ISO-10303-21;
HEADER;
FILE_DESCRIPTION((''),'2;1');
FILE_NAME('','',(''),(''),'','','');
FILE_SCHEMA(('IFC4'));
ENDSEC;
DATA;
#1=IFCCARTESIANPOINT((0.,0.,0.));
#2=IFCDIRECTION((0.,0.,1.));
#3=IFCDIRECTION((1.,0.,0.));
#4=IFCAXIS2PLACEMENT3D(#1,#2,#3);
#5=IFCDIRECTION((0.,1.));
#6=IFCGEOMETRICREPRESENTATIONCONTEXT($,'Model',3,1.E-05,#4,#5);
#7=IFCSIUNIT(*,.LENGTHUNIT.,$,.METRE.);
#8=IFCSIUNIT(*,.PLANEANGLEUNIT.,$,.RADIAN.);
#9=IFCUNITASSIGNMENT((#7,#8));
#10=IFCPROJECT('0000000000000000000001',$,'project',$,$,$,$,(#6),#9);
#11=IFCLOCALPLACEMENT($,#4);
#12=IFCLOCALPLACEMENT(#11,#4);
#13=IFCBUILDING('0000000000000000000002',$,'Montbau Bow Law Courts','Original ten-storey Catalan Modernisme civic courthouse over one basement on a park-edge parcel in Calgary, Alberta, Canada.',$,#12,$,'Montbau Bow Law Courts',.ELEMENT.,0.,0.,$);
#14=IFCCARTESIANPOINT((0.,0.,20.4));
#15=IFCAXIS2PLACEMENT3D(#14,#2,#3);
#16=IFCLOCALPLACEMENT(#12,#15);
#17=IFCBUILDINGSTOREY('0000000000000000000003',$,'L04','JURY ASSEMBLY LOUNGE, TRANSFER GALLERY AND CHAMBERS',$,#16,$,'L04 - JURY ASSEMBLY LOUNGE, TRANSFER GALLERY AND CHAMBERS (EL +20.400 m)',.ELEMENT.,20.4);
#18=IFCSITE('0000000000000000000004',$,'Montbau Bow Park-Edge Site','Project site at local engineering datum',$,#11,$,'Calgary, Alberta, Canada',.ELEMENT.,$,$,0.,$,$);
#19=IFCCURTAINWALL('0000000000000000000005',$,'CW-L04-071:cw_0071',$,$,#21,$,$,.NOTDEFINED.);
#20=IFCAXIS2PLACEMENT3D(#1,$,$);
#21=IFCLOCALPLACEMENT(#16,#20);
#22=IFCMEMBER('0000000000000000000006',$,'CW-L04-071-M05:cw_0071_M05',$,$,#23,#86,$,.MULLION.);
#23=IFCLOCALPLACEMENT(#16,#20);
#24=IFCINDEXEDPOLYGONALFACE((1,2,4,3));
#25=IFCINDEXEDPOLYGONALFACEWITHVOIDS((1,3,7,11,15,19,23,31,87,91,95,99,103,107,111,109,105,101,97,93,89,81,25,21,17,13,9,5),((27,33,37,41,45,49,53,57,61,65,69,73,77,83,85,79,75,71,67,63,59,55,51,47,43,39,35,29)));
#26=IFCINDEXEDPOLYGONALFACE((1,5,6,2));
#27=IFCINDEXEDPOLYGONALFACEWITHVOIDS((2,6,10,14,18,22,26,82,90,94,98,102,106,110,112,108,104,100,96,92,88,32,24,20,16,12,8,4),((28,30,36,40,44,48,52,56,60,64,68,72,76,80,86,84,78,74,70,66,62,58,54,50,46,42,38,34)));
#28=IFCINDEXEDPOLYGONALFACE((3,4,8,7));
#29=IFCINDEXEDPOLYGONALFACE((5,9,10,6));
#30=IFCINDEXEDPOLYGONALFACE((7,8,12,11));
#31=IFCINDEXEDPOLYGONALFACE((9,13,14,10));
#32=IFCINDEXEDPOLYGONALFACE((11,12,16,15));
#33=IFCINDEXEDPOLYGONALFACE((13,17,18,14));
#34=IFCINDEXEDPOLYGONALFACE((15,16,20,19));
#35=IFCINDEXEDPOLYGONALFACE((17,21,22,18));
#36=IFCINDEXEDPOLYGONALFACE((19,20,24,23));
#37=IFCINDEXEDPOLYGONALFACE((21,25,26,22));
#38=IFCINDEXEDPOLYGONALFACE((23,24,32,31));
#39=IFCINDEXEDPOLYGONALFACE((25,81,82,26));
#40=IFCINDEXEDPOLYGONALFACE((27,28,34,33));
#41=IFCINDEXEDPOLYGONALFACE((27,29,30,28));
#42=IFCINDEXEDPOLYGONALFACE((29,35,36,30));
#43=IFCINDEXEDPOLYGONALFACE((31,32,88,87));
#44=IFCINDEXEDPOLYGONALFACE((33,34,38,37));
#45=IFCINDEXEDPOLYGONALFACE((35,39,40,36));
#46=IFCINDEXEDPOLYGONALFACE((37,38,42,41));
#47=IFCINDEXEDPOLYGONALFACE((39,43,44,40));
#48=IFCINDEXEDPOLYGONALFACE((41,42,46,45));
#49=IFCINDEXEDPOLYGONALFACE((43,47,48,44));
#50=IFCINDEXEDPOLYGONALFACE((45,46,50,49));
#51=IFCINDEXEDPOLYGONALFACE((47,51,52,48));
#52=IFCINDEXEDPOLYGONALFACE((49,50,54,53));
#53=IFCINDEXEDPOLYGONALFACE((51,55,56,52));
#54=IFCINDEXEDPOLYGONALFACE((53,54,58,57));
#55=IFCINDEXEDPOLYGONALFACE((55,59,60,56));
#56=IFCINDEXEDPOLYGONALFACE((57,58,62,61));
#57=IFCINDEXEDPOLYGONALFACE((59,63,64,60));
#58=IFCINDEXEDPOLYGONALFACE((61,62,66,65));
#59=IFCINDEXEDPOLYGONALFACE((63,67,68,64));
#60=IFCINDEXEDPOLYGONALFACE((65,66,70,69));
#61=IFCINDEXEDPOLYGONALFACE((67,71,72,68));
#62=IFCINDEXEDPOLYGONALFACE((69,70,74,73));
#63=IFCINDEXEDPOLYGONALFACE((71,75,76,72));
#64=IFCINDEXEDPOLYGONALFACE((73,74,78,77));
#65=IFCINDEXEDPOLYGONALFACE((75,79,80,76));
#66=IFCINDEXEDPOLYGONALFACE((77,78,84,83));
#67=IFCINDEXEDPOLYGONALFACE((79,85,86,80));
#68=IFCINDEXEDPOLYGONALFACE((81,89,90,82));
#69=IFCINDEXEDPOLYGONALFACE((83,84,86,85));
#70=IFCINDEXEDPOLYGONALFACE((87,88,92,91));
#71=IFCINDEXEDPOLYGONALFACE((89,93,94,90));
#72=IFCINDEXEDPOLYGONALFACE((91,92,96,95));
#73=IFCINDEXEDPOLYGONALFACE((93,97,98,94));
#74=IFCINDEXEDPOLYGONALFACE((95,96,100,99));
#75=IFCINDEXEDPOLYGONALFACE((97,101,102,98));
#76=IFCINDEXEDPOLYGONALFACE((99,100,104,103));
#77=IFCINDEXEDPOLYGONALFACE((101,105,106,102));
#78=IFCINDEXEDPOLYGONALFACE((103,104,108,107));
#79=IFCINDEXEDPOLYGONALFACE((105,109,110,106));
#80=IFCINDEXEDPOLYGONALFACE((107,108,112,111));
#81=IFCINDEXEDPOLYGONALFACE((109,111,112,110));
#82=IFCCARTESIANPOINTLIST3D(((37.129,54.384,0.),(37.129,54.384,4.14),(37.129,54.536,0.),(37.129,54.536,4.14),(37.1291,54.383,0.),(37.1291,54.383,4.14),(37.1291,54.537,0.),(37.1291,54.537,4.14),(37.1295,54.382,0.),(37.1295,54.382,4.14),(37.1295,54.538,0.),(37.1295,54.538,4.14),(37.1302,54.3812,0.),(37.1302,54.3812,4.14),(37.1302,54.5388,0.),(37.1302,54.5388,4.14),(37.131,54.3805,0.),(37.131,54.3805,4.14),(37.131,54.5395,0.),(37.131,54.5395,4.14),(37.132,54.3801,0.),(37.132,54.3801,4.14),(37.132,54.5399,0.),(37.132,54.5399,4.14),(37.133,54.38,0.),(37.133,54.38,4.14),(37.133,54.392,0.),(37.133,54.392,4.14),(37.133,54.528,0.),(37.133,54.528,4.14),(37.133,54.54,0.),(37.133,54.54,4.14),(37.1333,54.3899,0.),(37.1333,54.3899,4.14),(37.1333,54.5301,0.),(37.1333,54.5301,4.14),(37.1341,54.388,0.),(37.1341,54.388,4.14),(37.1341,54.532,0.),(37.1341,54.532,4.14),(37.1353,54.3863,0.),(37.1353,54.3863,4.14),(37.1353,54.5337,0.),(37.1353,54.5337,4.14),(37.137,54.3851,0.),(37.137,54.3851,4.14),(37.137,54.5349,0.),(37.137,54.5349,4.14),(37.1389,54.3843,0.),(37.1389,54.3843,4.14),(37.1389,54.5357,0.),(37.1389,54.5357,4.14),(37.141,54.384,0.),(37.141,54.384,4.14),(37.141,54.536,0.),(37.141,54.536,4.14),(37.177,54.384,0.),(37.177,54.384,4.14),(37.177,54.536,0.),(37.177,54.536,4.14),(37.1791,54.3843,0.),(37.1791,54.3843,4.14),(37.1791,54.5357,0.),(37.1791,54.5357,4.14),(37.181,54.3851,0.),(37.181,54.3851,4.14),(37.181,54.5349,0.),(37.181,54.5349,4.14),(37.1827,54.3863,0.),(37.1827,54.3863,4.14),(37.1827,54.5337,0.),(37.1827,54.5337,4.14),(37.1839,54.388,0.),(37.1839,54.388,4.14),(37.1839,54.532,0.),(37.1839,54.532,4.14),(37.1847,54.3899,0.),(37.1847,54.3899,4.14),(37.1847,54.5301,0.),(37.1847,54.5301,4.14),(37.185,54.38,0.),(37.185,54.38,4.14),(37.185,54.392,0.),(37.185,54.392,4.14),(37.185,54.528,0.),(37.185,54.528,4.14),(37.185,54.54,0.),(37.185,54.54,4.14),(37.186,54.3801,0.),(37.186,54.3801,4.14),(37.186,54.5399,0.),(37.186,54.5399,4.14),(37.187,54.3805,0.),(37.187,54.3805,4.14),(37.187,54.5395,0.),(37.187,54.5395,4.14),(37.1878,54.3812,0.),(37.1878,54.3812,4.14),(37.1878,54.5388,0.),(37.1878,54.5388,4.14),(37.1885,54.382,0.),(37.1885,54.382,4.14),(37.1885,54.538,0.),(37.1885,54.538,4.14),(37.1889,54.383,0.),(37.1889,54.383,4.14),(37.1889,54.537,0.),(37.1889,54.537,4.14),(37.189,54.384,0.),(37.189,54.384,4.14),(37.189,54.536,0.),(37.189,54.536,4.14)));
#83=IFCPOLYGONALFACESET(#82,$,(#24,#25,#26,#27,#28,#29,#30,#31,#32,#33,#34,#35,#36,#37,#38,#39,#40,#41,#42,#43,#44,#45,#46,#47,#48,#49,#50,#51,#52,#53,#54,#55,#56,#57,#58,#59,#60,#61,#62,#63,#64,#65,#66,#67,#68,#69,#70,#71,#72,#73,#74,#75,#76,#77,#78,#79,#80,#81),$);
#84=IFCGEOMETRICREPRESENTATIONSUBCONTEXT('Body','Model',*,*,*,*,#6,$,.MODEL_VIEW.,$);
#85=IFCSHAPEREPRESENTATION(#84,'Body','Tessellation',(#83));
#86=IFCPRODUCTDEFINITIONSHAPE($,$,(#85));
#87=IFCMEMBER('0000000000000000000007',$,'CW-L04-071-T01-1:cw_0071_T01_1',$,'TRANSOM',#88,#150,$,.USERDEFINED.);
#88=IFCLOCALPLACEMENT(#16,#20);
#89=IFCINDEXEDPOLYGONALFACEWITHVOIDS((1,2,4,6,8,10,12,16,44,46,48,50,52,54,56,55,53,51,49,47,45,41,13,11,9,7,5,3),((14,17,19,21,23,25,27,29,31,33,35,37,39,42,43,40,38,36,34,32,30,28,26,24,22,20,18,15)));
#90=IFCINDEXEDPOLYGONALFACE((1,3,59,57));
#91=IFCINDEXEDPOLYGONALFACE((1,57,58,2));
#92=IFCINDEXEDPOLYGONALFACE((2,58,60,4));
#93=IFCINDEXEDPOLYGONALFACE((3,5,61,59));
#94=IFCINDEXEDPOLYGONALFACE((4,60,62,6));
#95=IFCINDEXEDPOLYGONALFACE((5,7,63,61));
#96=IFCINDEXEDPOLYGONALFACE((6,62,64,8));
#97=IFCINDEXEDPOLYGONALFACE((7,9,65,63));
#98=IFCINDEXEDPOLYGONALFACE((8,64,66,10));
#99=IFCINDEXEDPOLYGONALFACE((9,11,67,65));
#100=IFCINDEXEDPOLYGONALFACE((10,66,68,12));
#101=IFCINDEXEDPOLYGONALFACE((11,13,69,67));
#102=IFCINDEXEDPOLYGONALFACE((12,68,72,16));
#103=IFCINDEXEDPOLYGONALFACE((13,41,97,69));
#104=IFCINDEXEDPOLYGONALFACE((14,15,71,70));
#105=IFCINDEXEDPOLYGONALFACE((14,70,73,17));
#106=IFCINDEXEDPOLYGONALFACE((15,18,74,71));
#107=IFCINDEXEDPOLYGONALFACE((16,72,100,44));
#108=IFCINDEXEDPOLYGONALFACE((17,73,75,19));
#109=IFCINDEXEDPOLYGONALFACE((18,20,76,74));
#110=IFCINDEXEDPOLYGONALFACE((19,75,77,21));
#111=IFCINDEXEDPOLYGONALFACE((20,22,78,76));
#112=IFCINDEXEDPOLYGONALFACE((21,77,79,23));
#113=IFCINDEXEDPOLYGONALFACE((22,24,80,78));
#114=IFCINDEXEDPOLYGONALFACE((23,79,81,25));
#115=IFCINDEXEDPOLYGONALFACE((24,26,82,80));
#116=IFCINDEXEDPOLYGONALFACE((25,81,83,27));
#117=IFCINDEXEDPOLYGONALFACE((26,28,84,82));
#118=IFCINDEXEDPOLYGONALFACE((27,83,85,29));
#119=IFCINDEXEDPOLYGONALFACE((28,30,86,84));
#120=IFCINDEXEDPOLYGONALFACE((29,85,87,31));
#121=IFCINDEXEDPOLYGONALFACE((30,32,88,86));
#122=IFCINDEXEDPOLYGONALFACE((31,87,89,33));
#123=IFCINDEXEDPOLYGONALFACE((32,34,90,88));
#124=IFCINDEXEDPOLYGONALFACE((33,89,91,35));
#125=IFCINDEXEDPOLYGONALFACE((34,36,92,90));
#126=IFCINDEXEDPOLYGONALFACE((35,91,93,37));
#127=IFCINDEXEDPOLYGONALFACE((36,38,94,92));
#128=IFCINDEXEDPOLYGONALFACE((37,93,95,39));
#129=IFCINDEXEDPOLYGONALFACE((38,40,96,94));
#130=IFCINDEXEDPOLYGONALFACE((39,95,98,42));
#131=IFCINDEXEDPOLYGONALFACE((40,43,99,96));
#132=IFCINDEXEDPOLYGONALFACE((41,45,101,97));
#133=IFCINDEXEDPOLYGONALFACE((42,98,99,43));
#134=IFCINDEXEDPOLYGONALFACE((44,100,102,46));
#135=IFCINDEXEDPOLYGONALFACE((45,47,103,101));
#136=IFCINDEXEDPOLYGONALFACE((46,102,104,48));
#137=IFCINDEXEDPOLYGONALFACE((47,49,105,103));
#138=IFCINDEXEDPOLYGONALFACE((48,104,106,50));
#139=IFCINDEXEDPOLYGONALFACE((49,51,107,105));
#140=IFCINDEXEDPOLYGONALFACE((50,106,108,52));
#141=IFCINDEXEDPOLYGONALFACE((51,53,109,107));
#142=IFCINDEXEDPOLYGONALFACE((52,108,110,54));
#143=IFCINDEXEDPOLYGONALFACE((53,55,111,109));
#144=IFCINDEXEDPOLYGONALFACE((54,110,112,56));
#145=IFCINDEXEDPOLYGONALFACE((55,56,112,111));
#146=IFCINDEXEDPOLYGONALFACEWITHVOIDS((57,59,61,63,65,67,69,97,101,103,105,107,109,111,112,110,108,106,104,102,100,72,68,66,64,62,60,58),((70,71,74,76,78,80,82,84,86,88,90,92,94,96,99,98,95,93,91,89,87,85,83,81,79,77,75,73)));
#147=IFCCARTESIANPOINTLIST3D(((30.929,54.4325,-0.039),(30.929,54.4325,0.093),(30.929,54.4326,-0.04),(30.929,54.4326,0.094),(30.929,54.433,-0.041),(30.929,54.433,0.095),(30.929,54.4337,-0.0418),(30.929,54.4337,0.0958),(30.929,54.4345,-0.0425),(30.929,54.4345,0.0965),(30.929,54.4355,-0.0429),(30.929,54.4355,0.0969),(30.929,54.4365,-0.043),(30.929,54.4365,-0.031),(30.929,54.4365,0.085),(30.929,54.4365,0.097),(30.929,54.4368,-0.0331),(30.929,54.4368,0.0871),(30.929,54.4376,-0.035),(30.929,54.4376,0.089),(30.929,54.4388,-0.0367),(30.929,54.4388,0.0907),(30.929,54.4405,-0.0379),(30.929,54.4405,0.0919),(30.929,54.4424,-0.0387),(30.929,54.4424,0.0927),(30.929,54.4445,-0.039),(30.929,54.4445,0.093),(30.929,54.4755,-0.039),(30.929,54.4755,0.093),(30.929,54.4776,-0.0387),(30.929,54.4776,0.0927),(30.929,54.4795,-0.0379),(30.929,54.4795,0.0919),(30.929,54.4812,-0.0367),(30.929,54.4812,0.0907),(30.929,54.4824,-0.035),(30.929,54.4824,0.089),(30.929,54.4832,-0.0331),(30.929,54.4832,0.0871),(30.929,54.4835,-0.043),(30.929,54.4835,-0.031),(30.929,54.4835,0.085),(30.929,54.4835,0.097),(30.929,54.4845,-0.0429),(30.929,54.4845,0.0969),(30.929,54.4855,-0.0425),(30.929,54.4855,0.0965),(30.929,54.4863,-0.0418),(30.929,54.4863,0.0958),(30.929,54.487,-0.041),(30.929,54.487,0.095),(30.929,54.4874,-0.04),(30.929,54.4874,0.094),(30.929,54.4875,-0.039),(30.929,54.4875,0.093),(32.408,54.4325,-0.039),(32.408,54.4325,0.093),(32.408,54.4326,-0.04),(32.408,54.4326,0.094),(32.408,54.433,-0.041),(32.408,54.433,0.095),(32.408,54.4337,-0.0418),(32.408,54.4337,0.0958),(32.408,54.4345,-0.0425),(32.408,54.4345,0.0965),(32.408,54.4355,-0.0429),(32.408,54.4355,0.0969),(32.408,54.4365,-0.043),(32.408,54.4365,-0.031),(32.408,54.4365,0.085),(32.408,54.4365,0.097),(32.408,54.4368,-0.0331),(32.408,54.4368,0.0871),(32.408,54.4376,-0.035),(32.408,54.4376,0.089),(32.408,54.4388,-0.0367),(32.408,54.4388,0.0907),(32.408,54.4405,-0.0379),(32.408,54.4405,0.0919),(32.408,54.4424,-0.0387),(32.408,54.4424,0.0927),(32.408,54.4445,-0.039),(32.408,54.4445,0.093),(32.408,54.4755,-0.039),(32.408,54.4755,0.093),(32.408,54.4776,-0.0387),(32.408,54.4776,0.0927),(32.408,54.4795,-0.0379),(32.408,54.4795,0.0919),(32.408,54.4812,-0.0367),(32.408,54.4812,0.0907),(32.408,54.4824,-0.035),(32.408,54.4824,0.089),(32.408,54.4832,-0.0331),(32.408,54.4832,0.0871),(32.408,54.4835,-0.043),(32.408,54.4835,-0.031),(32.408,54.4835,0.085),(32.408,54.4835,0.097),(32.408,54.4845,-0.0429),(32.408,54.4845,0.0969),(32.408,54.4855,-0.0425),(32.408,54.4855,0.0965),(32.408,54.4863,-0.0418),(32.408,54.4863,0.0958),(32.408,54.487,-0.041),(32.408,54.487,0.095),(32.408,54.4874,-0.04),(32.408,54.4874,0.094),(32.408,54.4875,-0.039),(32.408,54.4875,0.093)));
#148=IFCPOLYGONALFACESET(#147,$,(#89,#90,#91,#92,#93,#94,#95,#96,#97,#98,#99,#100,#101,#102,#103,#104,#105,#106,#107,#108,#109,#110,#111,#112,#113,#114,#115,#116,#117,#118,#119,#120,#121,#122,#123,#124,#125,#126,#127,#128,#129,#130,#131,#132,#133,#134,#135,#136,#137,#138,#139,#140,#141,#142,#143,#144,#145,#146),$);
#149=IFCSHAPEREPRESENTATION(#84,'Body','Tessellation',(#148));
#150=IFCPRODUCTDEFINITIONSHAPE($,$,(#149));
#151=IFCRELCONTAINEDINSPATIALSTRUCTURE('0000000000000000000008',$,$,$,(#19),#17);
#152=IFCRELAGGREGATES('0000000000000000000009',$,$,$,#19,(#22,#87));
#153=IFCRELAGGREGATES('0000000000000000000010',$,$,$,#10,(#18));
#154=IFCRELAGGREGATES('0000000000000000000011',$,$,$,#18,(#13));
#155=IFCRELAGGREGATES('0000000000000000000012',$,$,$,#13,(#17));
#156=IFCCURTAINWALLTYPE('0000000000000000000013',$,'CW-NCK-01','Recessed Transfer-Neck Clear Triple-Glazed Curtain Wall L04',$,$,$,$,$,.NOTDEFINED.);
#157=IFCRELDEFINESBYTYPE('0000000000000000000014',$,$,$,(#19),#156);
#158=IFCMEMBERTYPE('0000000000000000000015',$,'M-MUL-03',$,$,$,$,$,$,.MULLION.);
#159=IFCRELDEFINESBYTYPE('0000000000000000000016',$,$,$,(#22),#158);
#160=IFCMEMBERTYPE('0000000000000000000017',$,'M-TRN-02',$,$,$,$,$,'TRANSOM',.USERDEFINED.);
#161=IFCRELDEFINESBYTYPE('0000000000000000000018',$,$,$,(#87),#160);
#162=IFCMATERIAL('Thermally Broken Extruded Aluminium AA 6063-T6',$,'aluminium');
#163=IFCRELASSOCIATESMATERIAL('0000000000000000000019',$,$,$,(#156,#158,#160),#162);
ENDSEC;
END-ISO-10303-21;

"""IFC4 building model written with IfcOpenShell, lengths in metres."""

from ifc_helpers import new_model, si_unit, direction, frame, origin_with_axes, origin_2d_with_axis, place, context, subcontext, project, spatial, hollow_rectangle, extrude, material, material_profile, profile_set, type_object, element, aggregate, save


model = new_model("IFC4")

# Units and contexts
model_context = context("Model", 3, precision=1e-05, world=origin_with_axes(), true_north=direction((0.0, 1.0)))
body_context = subcontext(model_context, "Body", "Model", "MODEL_VIEW")
ifc_project = project(units=[si_unit("LENGTHUNIT", "METRE"), si_unit("PLANEANGLEUNIT", "RADIAN")], contexts=[model_context])

# Site, building, storey
site_placement = place(None, origin_with_axes())
site = spatial("IfcSite", under=ifc_project, at=site_placement, Name="Montbau Bow Park-Edge Site", Description="Project site at local engineering datum", LongName="Calgary, Alberta, Canada", CompositionType="ELEMENT", RefElevation=0.0)
building_placement = place(site_placement, origin_with_axes())
building = spatial("IfcBuilding", under=site, at=building_placement, Name="Montbau Bow Law Courts", Description="Original ten-storey Catalan Modernisme civic courthouse over one basement on a park-edge parcel in Calgary, Alberta, Canada.", LongName="Montbau Bow Law Courts", CompositionType="ELEMENT", ElevationOfRefHeight=0.0, ElevationOfTerrain=0.0)
storey_placement = place(building_placement, frame((0.0, 0.0, 20.4), z_axis=(0.0, 0.0, 1.0), x_axis=(1.0, 0.0, 0.0)))
storey = spatial("IfcBuildingStorey", under=building, at=storey_placement, Name="L04", Description="JURY ASSEMBLY LOUNGE, TRANSFER GALLERY AND CHAMBERS", LongName="L04 - JURY ASSEMBLY LOUNGE, TRANSFER GALLERY AND CHAMBERS (EL +20.400 m)", CompositionType="ELEMENT", Elevation=20.4)

# Curtain wall, members
ifc_material_1 = material(Name="Thermally Broken Extruded Aluminium AA 6063-T6", Category="aluminium")
curtain_wall_type = type_object("IfcCurtainWallType", Name="CW-NCK-01", Description="Recessed Transfer-Neck Clear Triple-Glazed Curtain Wall L04", PredefinedType="NOTDEFINED", material=ifc_material_1)
curtain_wall_placement = place(None, frame((30.867, 54.46, 20.4), z_axis=(0.0, 0.0, 1.0), x_axis=(1.0, 0.0, 0.0)))
curtain_wall = element("IfcCurtainWall", 1, at=curtain_wall_placement, inside=storey, type_object=curtain_wall_type, Name="CW-L04-071:cw_0071", PredefinedType="NOTDEFINED")
ifc_material_profile_1 = material_profile(ifc_material_1, hollow_rectangle(XDim=0.06, YDim=0.16, WallThickness=0.004, InnerFilletRadius=0.008, OuterFilletRadius=0.004, at=origin_2d_with_axis()), Name="CWM-160X60", Category="Main", Priority=0)
ifc_profile_set_1 = profile_set([ifc_material_profile_1], Name="Thermally Broken Extruded Aluminium AA 6063-T6")
member_type_1 = type_object("IfcMemberType", Name="M-MUL-03", PredefinedType="MULLION", material=ifc_profile_set_1)
member_1_placement = place(None, frame((37.159, 54.46, 20.4), z_axis=(0.0, 0.0, 1.0), x_axis=(1.0, 0.0, 0.0)))
member_1 = element("IfcMember", 2, at=member_1_placement, type_object=member_type_1, Name="CW-L04-071-M05:cw_0071_M05", PredefinedType="MULLION", context=body_context, shape_type="SweptSolid", body=[
    extrude(hollow_rectangle(XDim=0.06, YDim=0.16, WallThickness=0.004, InnerFilletRadius=0.008, OuterFilletRadius=0.004, at=origin_2d_with_axis()), origin_with_axes(), (0.0, 0.0, 1.0), 4.14),
])
ifc_material_profile_2 = material_profile(ifc_material_1, hollow_rectangle(XDim=0.055, YDim=0.14, WallThickness=0.004, InnerFilletRadius=0.008, OuterFilletRadius=0.004, at=origin_2d_with_axis()), Name="CWT-140X55", Category="Main", Priority=0)
ifc_profile_set_2 = profile_set([ifc_material_profile_2], Name="Thermally Broken Extruded Aluminium AA 6063-T6")
member_type_2 = type_object("IfcMemberType", Name="M-TRN-02", ElementType="TRANSOM", PredefinedType="USERDEFINED", material=ifc_profile_set_2)
member_2_placement = place(None, frame((30.929, 54.46, 20.427), z_axis=(1.0, 0.0, 0.0), x_axis=(0.0, 1.0, 0.0)))
member_2 = element("IfcMember", 3, at=member_2_placement, type_object=member_type_2, Name="CW-L04-071-T01-1:cw_0071_T01_1", ObjectType="TRANSOM", PredefinedType="USERDEFINED", context=body_context, shape_type="SweptSolid", body=[
    extrude(hollow_rectangle(XDim=0.055, YDim=0.14, WallThickness=0.004, InnerFilletRadius=0.008, OuterFilletRadius=0.004, at=origin_2d_with_axis()), origin_with_axes(), (0.0, 0.0, 1.0), 1.479),
])
aggregate(curtain_wall, [member_1, member_2])

save(model, "model.ifc")
